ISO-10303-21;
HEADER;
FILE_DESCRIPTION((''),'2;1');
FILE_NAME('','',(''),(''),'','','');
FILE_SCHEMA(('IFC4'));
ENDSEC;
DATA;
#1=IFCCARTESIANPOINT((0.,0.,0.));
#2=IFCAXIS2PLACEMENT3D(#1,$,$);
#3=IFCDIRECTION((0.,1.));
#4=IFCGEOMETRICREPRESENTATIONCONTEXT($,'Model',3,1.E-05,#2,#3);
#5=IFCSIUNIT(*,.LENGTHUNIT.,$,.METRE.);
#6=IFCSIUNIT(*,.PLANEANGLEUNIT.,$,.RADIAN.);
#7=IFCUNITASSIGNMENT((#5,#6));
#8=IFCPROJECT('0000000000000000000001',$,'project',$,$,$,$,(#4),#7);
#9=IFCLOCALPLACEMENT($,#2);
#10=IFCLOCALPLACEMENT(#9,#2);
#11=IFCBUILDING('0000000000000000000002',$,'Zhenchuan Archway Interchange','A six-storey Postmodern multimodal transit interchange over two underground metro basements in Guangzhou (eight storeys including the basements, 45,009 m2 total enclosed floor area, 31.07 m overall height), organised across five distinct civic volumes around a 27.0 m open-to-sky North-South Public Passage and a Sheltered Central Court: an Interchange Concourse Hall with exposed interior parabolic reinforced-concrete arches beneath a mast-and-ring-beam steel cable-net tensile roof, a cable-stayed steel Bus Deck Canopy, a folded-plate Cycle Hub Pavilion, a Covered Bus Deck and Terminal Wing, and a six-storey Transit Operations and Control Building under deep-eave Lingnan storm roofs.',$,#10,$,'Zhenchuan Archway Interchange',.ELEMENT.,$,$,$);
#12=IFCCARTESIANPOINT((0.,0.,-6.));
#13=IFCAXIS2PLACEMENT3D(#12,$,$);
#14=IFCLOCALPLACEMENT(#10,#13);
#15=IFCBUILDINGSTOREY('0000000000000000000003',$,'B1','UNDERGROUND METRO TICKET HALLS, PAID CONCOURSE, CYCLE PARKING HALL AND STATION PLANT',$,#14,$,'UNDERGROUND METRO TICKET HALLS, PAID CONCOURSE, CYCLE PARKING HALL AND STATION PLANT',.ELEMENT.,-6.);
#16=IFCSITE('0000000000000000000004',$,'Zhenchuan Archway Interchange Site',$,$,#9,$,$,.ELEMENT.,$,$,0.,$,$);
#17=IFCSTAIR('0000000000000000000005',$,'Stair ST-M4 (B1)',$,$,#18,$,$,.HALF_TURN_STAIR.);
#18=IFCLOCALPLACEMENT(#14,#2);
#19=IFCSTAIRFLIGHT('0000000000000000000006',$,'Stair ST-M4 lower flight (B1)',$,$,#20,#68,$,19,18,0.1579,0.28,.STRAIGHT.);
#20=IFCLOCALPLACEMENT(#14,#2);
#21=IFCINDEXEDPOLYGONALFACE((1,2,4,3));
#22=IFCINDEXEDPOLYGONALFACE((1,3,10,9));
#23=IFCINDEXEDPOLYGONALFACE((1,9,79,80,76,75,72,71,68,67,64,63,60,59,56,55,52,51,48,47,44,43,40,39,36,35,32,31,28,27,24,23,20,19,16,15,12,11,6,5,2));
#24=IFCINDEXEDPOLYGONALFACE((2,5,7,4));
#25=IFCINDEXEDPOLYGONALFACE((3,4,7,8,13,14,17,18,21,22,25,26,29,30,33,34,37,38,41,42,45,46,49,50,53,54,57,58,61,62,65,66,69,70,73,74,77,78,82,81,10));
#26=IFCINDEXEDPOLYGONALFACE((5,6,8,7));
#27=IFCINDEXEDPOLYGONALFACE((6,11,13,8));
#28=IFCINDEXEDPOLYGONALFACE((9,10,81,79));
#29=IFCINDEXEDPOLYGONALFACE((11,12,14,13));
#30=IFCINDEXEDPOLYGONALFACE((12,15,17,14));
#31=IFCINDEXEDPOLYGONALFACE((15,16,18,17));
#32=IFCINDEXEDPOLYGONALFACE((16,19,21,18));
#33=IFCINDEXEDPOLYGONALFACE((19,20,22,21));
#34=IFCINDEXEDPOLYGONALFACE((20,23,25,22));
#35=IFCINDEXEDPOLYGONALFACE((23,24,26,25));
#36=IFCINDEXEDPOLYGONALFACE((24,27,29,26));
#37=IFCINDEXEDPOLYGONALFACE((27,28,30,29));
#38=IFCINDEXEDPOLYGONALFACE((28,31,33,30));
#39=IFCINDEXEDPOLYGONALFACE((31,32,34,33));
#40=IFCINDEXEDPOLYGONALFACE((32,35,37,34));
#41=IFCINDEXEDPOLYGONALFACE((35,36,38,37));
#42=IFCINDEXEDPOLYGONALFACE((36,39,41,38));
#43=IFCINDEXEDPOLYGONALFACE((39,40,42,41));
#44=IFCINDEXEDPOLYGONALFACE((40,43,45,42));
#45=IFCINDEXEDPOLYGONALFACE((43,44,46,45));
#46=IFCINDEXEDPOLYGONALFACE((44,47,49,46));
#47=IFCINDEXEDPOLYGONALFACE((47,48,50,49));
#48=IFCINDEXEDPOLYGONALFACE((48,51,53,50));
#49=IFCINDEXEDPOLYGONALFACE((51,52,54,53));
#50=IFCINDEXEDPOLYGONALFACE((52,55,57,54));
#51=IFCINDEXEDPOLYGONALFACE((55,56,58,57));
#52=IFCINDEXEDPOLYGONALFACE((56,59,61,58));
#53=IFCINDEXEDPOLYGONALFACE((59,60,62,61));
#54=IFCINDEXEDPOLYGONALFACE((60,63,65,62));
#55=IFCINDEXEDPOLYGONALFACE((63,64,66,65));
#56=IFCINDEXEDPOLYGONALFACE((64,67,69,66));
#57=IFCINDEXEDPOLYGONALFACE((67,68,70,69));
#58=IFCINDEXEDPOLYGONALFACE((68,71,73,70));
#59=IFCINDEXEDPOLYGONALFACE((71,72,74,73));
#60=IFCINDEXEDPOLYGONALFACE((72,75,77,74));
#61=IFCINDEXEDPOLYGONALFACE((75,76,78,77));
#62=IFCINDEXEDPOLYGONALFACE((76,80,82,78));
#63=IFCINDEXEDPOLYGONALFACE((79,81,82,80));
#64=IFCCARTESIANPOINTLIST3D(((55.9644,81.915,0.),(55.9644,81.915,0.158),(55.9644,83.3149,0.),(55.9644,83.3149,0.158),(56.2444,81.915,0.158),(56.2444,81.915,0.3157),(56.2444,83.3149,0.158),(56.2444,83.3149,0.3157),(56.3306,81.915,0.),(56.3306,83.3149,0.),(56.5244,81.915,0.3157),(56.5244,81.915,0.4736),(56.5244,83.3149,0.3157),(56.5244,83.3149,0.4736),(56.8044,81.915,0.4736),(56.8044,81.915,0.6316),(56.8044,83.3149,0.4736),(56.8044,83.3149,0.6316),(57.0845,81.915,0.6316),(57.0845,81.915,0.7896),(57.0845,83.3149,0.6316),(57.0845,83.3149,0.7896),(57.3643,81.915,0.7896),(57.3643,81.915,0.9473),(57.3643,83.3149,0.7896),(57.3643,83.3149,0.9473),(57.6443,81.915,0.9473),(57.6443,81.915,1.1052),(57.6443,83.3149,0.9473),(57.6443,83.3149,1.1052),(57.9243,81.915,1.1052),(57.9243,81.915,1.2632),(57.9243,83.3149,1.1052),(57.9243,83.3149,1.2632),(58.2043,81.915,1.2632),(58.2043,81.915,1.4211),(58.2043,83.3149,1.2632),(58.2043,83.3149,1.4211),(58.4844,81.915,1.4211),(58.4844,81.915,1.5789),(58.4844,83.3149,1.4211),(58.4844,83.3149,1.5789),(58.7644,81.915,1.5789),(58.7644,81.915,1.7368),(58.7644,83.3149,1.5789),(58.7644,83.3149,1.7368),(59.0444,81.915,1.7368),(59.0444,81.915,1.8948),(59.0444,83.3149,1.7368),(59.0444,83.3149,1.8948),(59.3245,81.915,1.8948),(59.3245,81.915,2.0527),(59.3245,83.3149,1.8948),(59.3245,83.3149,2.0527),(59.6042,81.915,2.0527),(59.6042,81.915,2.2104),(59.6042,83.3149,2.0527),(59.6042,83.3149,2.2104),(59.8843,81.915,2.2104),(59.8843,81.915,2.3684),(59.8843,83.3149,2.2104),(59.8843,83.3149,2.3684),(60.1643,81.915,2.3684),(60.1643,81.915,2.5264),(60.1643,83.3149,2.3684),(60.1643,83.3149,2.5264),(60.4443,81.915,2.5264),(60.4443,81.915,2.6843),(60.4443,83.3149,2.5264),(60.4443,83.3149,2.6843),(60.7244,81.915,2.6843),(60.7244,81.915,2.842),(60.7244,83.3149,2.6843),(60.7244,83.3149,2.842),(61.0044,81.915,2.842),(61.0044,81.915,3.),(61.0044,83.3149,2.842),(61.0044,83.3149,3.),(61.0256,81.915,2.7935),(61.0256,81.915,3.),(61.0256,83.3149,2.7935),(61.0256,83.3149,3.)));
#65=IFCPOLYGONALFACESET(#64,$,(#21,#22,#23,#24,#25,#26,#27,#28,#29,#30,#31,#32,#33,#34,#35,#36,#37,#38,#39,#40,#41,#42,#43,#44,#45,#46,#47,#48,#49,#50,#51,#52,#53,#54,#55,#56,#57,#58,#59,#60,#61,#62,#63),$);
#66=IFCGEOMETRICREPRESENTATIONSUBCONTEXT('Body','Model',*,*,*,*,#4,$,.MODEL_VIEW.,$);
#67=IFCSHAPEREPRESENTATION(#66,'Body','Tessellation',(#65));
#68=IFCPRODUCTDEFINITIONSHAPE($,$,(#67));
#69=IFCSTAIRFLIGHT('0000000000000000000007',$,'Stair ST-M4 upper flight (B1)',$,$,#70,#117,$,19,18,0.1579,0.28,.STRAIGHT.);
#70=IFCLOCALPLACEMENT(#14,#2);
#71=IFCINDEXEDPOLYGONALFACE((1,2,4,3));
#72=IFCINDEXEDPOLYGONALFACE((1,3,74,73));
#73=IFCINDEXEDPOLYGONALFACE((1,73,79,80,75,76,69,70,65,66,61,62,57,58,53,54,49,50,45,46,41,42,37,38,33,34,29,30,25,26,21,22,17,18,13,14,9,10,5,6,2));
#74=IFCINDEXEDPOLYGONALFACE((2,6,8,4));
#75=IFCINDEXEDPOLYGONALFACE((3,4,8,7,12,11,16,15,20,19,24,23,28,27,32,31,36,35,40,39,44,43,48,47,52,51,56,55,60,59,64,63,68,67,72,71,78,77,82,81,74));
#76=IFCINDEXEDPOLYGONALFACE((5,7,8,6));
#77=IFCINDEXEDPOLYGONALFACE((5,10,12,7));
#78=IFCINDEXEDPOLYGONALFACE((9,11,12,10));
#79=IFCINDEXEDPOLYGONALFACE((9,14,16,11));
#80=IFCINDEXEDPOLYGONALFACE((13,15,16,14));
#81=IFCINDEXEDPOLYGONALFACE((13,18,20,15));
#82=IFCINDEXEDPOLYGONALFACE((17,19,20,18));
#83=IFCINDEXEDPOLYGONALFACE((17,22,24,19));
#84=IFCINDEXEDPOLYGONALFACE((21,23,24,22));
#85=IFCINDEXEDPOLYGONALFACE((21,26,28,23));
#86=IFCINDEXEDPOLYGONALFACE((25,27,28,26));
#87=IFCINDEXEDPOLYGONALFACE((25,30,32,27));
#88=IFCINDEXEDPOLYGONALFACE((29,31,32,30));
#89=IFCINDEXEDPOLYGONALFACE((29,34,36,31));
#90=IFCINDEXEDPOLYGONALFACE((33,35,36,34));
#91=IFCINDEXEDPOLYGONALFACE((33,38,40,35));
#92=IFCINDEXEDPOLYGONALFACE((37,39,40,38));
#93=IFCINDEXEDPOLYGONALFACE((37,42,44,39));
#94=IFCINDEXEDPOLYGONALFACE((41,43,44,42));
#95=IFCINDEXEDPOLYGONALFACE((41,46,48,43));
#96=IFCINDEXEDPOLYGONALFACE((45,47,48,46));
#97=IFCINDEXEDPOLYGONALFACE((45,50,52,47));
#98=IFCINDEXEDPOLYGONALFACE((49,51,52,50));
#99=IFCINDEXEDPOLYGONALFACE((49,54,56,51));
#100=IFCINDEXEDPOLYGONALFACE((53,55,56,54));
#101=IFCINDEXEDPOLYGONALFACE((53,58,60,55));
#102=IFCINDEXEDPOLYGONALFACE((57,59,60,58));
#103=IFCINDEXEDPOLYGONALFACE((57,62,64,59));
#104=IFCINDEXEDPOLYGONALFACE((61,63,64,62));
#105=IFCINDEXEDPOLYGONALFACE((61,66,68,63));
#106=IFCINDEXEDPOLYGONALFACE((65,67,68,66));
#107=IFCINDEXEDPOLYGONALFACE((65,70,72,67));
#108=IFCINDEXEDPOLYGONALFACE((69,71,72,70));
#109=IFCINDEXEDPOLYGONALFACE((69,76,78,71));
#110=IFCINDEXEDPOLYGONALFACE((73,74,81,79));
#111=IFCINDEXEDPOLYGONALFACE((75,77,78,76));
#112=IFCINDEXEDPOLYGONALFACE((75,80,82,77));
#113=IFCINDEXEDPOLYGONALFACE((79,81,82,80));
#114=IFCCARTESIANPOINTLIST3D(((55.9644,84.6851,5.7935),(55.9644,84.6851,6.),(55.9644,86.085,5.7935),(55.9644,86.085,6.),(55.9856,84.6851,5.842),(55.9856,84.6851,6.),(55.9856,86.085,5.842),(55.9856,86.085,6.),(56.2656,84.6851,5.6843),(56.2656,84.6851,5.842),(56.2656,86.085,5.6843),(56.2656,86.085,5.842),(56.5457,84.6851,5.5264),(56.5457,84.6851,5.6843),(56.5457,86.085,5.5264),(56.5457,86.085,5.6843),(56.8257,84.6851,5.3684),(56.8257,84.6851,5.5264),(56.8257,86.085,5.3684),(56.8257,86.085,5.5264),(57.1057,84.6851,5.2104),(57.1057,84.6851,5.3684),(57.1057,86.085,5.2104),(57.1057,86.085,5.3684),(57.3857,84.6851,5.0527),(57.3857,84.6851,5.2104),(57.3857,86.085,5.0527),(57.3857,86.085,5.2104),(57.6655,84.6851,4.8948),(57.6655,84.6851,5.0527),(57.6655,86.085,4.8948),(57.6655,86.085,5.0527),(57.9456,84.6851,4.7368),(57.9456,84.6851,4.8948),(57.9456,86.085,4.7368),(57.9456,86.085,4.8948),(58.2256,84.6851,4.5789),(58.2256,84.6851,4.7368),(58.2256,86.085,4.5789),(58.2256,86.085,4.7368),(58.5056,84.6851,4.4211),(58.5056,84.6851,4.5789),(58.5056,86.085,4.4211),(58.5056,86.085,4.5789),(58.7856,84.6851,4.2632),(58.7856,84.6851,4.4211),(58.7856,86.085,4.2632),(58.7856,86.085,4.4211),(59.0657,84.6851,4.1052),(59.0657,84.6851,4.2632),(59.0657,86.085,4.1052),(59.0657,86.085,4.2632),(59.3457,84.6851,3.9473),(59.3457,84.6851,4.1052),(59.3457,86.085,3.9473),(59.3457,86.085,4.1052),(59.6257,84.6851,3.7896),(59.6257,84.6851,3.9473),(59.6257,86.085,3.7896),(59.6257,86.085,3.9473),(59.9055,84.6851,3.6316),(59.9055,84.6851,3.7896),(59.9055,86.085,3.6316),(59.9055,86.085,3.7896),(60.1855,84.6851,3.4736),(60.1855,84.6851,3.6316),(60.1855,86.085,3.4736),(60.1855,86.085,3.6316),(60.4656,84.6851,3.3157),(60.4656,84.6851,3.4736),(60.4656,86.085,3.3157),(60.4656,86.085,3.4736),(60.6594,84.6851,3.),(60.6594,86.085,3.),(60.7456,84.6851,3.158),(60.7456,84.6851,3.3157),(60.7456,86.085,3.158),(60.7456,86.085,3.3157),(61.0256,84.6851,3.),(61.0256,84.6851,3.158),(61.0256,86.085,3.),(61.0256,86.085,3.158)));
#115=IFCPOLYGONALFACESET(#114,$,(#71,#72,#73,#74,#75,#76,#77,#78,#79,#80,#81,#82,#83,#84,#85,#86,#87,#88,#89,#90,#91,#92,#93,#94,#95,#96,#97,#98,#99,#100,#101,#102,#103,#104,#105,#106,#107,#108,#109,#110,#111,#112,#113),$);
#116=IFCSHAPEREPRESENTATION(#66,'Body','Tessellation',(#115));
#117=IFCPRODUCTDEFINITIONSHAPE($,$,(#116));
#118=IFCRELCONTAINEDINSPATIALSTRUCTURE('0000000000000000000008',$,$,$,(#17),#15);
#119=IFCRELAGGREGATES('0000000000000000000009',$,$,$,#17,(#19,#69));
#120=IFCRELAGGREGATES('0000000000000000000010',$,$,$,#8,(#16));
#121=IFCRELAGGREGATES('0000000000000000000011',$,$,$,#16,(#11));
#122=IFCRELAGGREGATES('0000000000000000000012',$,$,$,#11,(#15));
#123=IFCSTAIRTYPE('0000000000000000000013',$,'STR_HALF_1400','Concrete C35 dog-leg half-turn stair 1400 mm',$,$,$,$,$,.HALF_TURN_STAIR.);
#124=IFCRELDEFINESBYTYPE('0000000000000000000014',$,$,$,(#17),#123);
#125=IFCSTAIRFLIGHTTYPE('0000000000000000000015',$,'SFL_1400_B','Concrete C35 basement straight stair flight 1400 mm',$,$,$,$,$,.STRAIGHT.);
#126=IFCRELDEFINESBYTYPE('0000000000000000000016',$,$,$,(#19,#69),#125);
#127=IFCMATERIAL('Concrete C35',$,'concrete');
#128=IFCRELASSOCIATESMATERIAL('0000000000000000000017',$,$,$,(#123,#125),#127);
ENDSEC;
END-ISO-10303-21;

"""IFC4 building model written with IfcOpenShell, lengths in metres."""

from ifc_helpers import new_model, si_unit, direction, frame, origin, place, context, subcontext, project, spatial, polyline, outline, extrude, material, type_object, element, aggregate, save


model = new_model("IFC4")

# Units and contexts
model_context = context("Model", 3, precision=1e-05, world=origin(), true_north=direction((0.0, 1.0)))
body_context = subcontext(model_context, "Body", "Model", "MODEL_VIEW")
ifc_project = project(units=[si_unit("LENGTHUNIT", "METRE"), si_unit("PLANEANGLEUNIT", "RADIAN")], contexts=[model_context])

# Site, building, storey
site_placement = place(None, origin())
site = spatial("IfcSite", under=ifc_project, at=site_placement, Name="Zhenchuan Archway Interchange Site", CompositionType="ELEMENT", RefElevation=0.0)
building_placement = place(site_placement, origin())
building = spatial("IfcBuilding", under=site, at=building_placement, Name="Zhenchuan Archway Interchange", Description="A six-storey Postmodern multimodal transit interchange over two underground metro basements in Guangzhou (eight storeys including the basements, 45,009 m2 total enclosed floor area, 31.07 m overall height), organised across five distinct civic volumes around a 27.0 m open-to-sky North-South Public Passage and a Sheltered Central Court: an Interchange Concourse Hall with exposed interior parabolic reinforced-concrete arches beneath a mast-and-ring-beam steel cable-net tensile roof, a cable-stayed steel Bus Deck Canopy, a folded-plate Cycle Hub Pavilion, a Covered Bus Deck and Terminal Wing, and a six-storey Transit Operations and Control Building under deep-eave Lingnan storm roofs.", LongName="Zhenchuan Archway Interchange", CompositionType="ELEMENT")
storey_placement = place(building_placement, frame((0.0, 0.0, -6.0)))
storey = spatial("IfcBuildingStorey", under=building, at=storey_placement, Name="B1", Description="UNDERGROUND METRO TICKET HALLS, PAID CONCOURSE, CYCLE PARKING HALL AND STATION PLANT", LongName="UNDERGROUND METRO TICKET HALLS, PAID CONCOURSE, CYCLE PARKING HALL AND STATION PLANT", CompositionType="ELEMENT", Elevation=-6.0)

# Stair, stair flights
ifc_material_1 = material(Name="Concrete C35", Category="concrete")
stair_type = type_object("IfcStairType", Name="STR_HALF_1400", Description="Concrete C35 dog-leg half-turn stair 1400 mm", PredefinedType="HALF_TURN_STAIR", material=ifc_material_1)
stair_placement = place(storey_placement, origin())
stair = element("IfcStair", 1, at=stair_placement, inside=storey, type_object=stair_type, Name="Stair ST-M4 (B1)", PredefinedType="HALF_TURN_STAIR")
stair_flight_type = type_object("IfcStairFlightType", Name="SFL_1400_B", Description="Concrete C35 basement straight stair flight 1400 mm", PredefinedType="STRAIGHT", material=ifc_material_1)
stair_flight_1_placement = place(storey_placement, frame((55.9644, 82.615, 0.0), z_axis=(0.0, 0.0, 1.0), x_axis=(1.0, 0.0, 0.0)))
stair_flight_1 = element("IfcStairFlight", 2, at=stair_flight_1_placement, type_object=stair_flight_type, Name="Stair ST-M4 lower flight (B1)", NumberOfRisers=19, NumberOfTreads=18, PredefinedType="STRAIGHT", RiserHeight=0.1579, TreadLength=0.28, context=body_context, shape_type="SweptSolid", body=[
    extrude(outline(polyline([(0.0, 0.0), (0.0, 0.158), (0.28, 0.158), (0.28, 0.3157), (0.5601, 0.3157), (0.5601, 0.4736), (0.8401, 0.4736), (0.8401, 0.6316), (1.1201, 0.6316), (1.1201, 0.7896), (1.3999, 0.7896), (1.3999, 0.9473), (1.6799, 0.9473), (1.6799, 1.1052), (1.96, 1.1052), (1.96, 1.2632), (2.24, 1.2632), (2.24, 1.4211), (2.52, 1.4211), (2.52, 1.5789), (2.8, 1.5789), (2.8, 1.7368), (3.0801, 1.7368), (3.0801, 1.8948), (3.3601, 1.8948), (3.3601, 2.0527), (3.6399, 2.0527), (3.6399, 2.2104), (3.9199, 2.2104), (3.9199, 2.3684), (4.2, 2.3684), (4.2, 2.5264), (4.48, 2.5264), (4.48, 2.6843), (4.76, 2.6843), (4.76, 2.842), (5.04, 2.842), (5.04, 3.0), (5.0613, 3.0), (5.0613, 2.7935), (0.3662, 0.0), (0.0, 0.0)])), frame((0.0, 0.7, 0.0), z_axis=(0.0, -1.0, 0.0), x_axis=(1.0, 0.0, 0.0)), (0.0, 0.0, 1.0), 1.3999),
])
stair_flight_2_placement = place(storey_placement, frame((61.0256, 85.385, 3.0), z_axis=(0.0, 0.0, 1.0), x_axis=(-1.0, 0.0, 0.0)))
stair_flight_2 = element("IfcStairFlight", 3, at=stair_flight_2_placement, type_object=stair_flight_type, Name="Stair ST-M4 upper flight (B1)", NumberOfRisers=19, NumberOfTreads=18, PredefinedType="STRAIGHT", RiserHeight=0.1579, TreadLength=0.28, context=body_context, shape_type="SweptSolid", body=[
    extrude(outline(polyline([(0.0, 0.0), (0.0, 0.158), (0.28, 0.158), (0.28, 0.3157), (0.5601, 0.3157), (0.5601, 0.4736), (0.8401, 0.4736), (0.8401, 0.6316), (1.1201, 0.6316), (1.1201, 0.7896), (1.3999, 0.7896), (1.3999, 0.9473), (1.6799, 0.9473), (1.6799, 1.1052), (1.96, 1.1052), (1.96, 1.2632), (2.24, 1.2632), (2.24, 1.4211), (2.52, 1.4211), (2.52, 1.5789), (2.8, 1.5789), (2.8, 1.7368), (3.0801, 1.7368), (3.0801, 1.8948), (3.3601, 1.8948), (3.3601, 2.0527), (3.6399, 2.0527), (3.6399, 2.2104), (3.9199, 2.2104), (3.9199, 2.3684), (4.2, 2.3684), (4.2, 2.5264), (4.48, 2.5264), (4.48, 2.6843), (4.76, 2.6843), (4.76, 2.842), (5.04, 2.842), (5.04, 3.0), (5.0613, 3.0), (5.0613, 2.7935), (0.3662, 0.0), (0.0, 0.0)])), frame((0.0, 0.7, 0.0), z_axis=(0.0, -1.0, 0.0), x_axis=(1.0, 0.0, 0.0)), (0.0, 0.0, 1.0), 1.3999),
])
aggregate(stair, [stair_flight_1, stair_flight_2])

save(model, "model.ifc")
